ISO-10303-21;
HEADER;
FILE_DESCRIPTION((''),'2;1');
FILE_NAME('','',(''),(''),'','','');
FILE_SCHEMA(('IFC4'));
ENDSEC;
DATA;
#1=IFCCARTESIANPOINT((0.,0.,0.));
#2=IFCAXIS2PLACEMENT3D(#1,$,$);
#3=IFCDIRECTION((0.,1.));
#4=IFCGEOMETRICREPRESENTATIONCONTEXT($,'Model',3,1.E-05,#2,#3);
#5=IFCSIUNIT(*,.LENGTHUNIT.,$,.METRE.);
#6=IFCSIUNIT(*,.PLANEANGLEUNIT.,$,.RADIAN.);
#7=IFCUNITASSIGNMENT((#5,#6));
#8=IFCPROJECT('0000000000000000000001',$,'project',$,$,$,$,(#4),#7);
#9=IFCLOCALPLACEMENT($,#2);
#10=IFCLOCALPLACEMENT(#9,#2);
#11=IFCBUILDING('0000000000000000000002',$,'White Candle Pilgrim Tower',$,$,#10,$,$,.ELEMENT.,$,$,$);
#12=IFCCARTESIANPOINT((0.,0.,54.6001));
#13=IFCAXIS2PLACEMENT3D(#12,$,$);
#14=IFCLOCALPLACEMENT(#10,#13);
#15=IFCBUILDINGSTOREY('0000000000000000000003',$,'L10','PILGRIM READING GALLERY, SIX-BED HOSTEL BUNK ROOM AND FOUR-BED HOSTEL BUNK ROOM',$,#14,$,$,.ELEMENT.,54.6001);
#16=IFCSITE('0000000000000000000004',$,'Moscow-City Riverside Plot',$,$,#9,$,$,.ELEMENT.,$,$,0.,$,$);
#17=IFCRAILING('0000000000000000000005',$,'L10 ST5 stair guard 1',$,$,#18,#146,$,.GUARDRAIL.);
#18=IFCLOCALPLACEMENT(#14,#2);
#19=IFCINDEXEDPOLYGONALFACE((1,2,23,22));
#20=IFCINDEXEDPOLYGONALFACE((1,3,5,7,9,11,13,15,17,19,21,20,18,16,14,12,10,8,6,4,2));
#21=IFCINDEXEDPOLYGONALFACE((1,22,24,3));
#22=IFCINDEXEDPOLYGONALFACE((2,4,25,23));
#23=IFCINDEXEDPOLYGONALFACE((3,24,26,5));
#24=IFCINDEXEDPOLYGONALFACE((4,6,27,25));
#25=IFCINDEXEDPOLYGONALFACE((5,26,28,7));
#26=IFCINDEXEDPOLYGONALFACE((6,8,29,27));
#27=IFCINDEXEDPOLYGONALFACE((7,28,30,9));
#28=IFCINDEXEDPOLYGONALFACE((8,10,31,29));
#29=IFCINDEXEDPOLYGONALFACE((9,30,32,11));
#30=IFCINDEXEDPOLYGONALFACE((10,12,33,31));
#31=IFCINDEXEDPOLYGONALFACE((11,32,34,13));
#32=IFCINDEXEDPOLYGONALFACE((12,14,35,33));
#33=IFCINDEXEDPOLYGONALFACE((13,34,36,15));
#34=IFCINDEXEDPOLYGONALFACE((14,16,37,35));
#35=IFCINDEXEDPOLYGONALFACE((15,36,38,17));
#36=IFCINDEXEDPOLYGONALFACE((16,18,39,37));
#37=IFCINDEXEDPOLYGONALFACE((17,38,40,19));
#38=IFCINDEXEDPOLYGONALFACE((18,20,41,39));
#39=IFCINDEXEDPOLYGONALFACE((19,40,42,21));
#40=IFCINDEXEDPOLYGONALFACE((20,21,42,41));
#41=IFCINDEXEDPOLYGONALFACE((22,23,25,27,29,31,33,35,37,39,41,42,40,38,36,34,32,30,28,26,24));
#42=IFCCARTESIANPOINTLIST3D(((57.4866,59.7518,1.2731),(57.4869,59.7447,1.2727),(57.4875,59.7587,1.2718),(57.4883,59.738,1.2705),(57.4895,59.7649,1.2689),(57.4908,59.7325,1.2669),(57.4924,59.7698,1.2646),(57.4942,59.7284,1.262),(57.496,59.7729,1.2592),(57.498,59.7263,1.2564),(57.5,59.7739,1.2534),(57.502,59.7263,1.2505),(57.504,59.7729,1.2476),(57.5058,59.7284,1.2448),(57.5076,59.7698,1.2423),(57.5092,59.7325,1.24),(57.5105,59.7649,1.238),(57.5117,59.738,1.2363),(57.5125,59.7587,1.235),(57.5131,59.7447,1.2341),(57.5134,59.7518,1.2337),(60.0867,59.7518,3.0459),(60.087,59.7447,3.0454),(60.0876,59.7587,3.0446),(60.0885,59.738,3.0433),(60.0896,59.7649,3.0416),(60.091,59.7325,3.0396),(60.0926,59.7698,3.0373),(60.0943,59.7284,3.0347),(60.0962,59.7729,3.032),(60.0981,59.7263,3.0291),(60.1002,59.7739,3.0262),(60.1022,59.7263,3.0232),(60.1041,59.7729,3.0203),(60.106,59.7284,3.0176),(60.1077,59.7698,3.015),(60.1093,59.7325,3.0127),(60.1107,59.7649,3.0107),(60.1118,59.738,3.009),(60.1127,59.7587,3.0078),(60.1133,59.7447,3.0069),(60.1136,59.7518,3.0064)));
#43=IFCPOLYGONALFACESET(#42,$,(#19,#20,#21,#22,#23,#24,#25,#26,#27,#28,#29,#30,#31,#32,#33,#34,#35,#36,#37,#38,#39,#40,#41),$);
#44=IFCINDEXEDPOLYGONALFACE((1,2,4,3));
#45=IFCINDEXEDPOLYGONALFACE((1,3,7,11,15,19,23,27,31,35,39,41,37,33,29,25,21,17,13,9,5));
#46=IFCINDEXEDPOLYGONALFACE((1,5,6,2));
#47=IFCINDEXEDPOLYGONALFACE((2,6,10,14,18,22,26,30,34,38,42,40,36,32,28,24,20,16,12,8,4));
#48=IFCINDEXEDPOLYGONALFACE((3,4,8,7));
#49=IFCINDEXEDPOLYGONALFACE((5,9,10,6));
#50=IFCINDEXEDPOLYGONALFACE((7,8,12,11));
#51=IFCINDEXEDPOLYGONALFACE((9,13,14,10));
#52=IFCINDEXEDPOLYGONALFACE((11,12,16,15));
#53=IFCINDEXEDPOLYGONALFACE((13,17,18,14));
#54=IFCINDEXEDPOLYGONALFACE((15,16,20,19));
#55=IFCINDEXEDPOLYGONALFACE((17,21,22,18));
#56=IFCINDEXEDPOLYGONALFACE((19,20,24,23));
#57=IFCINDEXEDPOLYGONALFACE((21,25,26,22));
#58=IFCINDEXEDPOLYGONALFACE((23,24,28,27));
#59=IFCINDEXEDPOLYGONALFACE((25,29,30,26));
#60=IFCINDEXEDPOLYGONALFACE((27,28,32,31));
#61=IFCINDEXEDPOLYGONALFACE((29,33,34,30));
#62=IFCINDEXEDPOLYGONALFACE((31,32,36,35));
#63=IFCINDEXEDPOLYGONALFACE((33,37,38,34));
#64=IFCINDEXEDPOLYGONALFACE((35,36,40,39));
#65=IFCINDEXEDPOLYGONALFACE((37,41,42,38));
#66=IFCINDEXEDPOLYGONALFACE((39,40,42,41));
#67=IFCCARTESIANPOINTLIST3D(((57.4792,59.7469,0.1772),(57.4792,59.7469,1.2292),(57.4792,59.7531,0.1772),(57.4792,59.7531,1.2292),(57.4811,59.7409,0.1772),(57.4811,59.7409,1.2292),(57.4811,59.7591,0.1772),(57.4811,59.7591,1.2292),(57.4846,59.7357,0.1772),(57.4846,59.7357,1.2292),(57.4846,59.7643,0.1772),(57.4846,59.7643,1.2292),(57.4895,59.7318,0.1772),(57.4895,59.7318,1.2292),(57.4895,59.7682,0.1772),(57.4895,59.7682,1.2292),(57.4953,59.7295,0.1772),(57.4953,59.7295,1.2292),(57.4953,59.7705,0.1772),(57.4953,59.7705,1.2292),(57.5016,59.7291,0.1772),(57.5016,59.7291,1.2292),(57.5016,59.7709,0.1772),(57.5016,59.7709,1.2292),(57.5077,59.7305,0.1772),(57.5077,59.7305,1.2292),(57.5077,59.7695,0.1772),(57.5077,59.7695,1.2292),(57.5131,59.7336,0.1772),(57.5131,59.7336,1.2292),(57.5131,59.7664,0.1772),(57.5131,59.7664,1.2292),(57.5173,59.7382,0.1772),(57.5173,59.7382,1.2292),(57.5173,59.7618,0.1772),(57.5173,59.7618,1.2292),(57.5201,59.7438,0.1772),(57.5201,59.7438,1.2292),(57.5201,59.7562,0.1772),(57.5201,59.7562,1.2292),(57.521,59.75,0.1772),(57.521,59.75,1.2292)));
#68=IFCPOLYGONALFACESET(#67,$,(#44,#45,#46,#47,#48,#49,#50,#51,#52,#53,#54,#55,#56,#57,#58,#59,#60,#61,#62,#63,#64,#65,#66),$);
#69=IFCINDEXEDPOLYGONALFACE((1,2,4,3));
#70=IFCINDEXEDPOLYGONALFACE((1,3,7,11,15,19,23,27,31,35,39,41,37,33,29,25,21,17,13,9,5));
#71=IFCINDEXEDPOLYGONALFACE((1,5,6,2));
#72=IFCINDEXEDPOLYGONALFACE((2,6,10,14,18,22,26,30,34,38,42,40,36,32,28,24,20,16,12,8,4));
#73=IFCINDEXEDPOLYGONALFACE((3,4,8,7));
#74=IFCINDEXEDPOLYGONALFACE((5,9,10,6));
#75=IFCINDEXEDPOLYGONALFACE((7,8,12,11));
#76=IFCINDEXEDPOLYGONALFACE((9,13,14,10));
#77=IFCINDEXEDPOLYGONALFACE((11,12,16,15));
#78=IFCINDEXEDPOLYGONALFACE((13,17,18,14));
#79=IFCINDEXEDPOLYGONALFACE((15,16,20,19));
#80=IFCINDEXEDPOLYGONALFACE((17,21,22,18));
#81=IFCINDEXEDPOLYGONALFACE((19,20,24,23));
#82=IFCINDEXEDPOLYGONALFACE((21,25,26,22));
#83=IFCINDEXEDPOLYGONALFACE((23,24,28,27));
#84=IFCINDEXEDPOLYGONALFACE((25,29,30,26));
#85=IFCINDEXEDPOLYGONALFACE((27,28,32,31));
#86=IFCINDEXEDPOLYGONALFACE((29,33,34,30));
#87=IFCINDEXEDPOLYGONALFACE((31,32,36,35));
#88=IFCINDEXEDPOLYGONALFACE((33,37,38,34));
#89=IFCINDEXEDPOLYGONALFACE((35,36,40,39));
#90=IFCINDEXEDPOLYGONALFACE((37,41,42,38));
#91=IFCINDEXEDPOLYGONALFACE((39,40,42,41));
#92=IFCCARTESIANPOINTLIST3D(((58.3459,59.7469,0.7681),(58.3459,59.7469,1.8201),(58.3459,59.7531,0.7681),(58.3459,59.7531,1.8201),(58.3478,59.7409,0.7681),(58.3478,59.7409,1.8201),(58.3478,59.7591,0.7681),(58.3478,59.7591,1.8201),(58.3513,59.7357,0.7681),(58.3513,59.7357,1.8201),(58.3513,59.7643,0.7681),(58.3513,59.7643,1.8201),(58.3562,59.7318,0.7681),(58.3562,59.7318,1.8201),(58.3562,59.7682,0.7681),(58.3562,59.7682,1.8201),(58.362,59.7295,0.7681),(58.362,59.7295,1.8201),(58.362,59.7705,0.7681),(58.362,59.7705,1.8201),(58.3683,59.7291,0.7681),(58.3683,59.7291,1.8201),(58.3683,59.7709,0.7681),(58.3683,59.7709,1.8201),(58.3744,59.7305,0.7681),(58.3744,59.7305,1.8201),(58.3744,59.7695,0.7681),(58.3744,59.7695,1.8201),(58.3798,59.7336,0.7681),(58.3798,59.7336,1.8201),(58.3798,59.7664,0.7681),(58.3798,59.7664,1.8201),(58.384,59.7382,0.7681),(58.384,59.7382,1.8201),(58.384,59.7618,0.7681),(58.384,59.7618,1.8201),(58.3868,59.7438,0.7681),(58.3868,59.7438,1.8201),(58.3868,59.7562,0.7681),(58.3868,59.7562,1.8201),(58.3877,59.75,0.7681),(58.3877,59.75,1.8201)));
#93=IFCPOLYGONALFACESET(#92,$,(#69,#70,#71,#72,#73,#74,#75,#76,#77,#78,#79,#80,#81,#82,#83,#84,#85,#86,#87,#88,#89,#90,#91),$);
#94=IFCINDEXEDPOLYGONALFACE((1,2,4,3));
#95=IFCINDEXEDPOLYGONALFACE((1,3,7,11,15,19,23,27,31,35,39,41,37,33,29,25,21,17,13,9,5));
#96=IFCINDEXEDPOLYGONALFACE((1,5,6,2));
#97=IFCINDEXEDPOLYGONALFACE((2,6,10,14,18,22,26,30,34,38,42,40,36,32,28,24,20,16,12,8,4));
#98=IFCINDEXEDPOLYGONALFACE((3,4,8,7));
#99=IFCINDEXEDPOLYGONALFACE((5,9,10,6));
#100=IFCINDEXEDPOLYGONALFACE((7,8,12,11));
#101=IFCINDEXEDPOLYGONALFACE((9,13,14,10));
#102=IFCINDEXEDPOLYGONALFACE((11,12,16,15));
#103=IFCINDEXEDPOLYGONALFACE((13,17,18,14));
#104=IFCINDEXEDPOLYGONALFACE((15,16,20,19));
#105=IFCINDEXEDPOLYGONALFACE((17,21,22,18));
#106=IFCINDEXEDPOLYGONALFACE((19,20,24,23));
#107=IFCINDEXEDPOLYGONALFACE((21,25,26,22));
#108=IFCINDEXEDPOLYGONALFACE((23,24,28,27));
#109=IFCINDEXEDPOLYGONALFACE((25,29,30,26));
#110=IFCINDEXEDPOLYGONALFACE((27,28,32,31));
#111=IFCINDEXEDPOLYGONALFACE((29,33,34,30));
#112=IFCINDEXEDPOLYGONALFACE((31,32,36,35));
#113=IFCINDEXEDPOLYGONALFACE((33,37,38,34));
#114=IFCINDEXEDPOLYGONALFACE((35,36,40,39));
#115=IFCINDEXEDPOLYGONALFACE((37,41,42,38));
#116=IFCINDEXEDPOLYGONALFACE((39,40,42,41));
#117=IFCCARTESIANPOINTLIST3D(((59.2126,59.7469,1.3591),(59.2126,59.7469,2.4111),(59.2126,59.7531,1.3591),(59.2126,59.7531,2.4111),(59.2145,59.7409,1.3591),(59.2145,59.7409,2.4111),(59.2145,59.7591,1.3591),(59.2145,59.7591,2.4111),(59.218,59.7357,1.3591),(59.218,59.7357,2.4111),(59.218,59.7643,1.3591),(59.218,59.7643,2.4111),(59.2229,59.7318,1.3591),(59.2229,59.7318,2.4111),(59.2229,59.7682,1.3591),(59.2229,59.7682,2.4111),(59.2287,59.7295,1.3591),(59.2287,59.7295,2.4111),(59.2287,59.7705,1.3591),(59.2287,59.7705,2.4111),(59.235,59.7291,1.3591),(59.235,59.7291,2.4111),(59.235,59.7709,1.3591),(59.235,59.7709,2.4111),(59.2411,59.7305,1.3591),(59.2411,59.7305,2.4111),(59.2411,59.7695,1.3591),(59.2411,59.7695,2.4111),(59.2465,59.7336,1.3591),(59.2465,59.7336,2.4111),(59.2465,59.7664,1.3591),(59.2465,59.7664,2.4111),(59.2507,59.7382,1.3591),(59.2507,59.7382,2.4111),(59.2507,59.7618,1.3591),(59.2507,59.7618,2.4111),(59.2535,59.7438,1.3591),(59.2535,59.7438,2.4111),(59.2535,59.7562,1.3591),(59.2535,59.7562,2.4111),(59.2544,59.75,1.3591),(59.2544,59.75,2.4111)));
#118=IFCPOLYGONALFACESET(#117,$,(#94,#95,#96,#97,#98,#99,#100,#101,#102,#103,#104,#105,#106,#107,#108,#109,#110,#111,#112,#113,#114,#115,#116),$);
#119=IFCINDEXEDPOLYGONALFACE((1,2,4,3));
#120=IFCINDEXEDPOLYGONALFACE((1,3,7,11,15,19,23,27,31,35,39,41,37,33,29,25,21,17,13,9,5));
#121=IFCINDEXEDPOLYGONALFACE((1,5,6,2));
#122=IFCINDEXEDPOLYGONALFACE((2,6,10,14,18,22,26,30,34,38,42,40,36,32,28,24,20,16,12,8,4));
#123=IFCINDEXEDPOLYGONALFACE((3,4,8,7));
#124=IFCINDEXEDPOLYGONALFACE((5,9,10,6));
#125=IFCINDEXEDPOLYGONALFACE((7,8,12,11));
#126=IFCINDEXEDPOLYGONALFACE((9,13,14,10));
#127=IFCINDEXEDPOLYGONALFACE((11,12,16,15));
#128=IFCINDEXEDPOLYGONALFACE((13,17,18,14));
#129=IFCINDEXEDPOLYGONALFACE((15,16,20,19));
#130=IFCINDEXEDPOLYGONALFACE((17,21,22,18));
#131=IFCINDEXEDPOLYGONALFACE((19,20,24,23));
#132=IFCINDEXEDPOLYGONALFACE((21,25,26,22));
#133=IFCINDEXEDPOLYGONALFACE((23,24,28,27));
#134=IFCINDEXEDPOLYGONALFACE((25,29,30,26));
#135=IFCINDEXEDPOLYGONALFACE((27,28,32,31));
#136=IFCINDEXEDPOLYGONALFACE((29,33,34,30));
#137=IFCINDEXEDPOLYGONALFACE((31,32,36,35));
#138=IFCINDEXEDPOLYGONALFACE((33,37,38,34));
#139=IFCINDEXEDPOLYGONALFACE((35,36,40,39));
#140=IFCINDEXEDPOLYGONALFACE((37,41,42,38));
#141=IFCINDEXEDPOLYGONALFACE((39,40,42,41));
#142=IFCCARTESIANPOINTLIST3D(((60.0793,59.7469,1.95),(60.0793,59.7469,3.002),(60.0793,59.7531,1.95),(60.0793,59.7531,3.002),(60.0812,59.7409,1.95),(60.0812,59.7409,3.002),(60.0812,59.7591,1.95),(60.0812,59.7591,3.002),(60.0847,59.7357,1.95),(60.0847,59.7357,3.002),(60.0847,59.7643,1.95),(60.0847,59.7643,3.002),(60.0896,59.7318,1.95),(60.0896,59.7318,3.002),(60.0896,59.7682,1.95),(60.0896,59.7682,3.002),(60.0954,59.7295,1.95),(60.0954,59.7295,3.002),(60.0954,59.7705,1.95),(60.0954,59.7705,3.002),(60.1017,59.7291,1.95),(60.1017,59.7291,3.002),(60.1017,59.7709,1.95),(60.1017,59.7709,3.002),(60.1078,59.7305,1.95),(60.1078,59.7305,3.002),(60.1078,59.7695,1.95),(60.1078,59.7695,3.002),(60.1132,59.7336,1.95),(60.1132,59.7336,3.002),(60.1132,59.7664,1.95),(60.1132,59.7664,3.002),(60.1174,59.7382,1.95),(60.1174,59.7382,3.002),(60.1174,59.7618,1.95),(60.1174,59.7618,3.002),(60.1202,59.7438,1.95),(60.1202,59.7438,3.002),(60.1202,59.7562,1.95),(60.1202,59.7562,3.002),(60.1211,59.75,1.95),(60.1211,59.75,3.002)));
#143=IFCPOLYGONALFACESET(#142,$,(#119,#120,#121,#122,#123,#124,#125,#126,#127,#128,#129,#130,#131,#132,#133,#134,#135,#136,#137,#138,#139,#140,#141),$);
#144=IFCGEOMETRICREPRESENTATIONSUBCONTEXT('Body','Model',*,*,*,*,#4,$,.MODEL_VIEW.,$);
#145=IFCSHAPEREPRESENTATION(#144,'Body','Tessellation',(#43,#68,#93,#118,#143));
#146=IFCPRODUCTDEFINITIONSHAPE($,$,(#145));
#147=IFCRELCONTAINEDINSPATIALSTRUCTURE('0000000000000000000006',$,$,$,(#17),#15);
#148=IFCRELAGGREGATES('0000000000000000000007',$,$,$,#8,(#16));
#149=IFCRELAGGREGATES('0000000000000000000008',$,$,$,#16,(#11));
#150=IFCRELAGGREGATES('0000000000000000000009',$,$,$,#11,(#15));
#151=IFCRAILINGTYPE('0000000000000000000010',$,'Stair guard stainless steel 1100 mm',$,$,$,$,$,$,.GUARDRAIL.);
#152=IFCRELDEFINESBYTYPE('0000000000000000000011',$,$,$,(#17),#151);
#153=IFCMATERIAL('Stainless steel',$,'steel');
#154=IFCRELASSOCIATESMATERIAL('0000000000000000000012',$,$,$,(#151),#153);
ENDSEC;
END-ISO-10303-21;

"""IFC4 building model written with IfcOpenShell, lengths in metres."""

from ifc_helpers import new_model, si_unit, direction, frame, origin, origin_2d, place, context, subcontext, project, spatial, circle, extrude, material, type_object, element, save


model = new_model("IFC4")

# Units and contexts
model_context = context("Model", 3, precision=1e-05, world=origin(), true_north=direction((0.0, 1.0)))
body_context = subcontext(model_context, "Body", "Model", "MODEL_VIEW")
ifc_project = project(units=[si_unit("LENGTHUNIT", "METRE"), si_unit("PLANEANGLEUNIT", "RADIAN")], contexts=[model_context])

# Site, building, storey
site_placement = place(None, origin())
site = spatial("IfcSite", under=ifc_project, at=site_placement, Name="Moscow-City Riverside Plot", CompositionType="ELEMENT", RefElevation=0.0)
building_placement = place(site_placement, origin())
building = spatial("IfcBuilding", under=site, at=building_placement, Name="White Candle Pilgrim Tower", CompositionType="ELEMENT")
storey_placement = place(building_placement, frame((0.0, 0.0, 54.6001)))
storey = spatial("IfcBuildingStorey", under=building, at=storey_placement, Name="L10", Description="PILGRIM READING GALLERY, SIX-BED HOSTEL BUNK ROOM AND FOUR-BED HOSTEL BUNK ROOM", CompositionType="ELEMENT", Elevation=54.6001)

# Railing
ifc_material_1 = material(Name="Stainless steel", Category="steel")
railing_type_1 = type_object("IfcRailingType", Name="Stair guard stainless steel 1100 mm", PredefinedType="GUARDRAIL", material=ifc_material_1)
railing_1_placement = place(storey_placement, frame((57.5, 59.75, 0.1772)))
element("IfcRailing", 1, at=railing_1_placement, inside=storey, type_object=railing_type_1, Name="L10 ST5 stair guard 1", PredefinedType="GUARDRAIL", context=body_context, shape_type="SweptSolid", body=[
    extrude(circle(Radius=0.0239, at=origin_2d()), frame((0.0, 0.0, 1.0762), z_axis=(0.82624, 0.0, 0.563318), x_axis=(0.0, 1.0, 0.0)), (0.0, 0.0, 1.0), 3.147),
    extrude(circle(Radius=0.021, at=origin_2d()), origin(), (0.0, 0.0, 1.0), 1.052),
    extrude(circle(Radius=0.021, at=origin_2d()), frame((0.8667, 0.0, 0.5908)), (0.0, 0.0, 1.0), 1.052),
    extrude(circle(Radius=0.021, at=origin_2d()), frame((1.7334, 0.0, 1.1819)), (0.0, 0.0, 1.0), 1.052),
    extrude(circle(Radius=0.021, at=origin_2d()), frame((2.6001, 0.0, 1.7727)), (0.0, 0.0, 1.0), 1.052),
])

save(model, "model.ifc")
